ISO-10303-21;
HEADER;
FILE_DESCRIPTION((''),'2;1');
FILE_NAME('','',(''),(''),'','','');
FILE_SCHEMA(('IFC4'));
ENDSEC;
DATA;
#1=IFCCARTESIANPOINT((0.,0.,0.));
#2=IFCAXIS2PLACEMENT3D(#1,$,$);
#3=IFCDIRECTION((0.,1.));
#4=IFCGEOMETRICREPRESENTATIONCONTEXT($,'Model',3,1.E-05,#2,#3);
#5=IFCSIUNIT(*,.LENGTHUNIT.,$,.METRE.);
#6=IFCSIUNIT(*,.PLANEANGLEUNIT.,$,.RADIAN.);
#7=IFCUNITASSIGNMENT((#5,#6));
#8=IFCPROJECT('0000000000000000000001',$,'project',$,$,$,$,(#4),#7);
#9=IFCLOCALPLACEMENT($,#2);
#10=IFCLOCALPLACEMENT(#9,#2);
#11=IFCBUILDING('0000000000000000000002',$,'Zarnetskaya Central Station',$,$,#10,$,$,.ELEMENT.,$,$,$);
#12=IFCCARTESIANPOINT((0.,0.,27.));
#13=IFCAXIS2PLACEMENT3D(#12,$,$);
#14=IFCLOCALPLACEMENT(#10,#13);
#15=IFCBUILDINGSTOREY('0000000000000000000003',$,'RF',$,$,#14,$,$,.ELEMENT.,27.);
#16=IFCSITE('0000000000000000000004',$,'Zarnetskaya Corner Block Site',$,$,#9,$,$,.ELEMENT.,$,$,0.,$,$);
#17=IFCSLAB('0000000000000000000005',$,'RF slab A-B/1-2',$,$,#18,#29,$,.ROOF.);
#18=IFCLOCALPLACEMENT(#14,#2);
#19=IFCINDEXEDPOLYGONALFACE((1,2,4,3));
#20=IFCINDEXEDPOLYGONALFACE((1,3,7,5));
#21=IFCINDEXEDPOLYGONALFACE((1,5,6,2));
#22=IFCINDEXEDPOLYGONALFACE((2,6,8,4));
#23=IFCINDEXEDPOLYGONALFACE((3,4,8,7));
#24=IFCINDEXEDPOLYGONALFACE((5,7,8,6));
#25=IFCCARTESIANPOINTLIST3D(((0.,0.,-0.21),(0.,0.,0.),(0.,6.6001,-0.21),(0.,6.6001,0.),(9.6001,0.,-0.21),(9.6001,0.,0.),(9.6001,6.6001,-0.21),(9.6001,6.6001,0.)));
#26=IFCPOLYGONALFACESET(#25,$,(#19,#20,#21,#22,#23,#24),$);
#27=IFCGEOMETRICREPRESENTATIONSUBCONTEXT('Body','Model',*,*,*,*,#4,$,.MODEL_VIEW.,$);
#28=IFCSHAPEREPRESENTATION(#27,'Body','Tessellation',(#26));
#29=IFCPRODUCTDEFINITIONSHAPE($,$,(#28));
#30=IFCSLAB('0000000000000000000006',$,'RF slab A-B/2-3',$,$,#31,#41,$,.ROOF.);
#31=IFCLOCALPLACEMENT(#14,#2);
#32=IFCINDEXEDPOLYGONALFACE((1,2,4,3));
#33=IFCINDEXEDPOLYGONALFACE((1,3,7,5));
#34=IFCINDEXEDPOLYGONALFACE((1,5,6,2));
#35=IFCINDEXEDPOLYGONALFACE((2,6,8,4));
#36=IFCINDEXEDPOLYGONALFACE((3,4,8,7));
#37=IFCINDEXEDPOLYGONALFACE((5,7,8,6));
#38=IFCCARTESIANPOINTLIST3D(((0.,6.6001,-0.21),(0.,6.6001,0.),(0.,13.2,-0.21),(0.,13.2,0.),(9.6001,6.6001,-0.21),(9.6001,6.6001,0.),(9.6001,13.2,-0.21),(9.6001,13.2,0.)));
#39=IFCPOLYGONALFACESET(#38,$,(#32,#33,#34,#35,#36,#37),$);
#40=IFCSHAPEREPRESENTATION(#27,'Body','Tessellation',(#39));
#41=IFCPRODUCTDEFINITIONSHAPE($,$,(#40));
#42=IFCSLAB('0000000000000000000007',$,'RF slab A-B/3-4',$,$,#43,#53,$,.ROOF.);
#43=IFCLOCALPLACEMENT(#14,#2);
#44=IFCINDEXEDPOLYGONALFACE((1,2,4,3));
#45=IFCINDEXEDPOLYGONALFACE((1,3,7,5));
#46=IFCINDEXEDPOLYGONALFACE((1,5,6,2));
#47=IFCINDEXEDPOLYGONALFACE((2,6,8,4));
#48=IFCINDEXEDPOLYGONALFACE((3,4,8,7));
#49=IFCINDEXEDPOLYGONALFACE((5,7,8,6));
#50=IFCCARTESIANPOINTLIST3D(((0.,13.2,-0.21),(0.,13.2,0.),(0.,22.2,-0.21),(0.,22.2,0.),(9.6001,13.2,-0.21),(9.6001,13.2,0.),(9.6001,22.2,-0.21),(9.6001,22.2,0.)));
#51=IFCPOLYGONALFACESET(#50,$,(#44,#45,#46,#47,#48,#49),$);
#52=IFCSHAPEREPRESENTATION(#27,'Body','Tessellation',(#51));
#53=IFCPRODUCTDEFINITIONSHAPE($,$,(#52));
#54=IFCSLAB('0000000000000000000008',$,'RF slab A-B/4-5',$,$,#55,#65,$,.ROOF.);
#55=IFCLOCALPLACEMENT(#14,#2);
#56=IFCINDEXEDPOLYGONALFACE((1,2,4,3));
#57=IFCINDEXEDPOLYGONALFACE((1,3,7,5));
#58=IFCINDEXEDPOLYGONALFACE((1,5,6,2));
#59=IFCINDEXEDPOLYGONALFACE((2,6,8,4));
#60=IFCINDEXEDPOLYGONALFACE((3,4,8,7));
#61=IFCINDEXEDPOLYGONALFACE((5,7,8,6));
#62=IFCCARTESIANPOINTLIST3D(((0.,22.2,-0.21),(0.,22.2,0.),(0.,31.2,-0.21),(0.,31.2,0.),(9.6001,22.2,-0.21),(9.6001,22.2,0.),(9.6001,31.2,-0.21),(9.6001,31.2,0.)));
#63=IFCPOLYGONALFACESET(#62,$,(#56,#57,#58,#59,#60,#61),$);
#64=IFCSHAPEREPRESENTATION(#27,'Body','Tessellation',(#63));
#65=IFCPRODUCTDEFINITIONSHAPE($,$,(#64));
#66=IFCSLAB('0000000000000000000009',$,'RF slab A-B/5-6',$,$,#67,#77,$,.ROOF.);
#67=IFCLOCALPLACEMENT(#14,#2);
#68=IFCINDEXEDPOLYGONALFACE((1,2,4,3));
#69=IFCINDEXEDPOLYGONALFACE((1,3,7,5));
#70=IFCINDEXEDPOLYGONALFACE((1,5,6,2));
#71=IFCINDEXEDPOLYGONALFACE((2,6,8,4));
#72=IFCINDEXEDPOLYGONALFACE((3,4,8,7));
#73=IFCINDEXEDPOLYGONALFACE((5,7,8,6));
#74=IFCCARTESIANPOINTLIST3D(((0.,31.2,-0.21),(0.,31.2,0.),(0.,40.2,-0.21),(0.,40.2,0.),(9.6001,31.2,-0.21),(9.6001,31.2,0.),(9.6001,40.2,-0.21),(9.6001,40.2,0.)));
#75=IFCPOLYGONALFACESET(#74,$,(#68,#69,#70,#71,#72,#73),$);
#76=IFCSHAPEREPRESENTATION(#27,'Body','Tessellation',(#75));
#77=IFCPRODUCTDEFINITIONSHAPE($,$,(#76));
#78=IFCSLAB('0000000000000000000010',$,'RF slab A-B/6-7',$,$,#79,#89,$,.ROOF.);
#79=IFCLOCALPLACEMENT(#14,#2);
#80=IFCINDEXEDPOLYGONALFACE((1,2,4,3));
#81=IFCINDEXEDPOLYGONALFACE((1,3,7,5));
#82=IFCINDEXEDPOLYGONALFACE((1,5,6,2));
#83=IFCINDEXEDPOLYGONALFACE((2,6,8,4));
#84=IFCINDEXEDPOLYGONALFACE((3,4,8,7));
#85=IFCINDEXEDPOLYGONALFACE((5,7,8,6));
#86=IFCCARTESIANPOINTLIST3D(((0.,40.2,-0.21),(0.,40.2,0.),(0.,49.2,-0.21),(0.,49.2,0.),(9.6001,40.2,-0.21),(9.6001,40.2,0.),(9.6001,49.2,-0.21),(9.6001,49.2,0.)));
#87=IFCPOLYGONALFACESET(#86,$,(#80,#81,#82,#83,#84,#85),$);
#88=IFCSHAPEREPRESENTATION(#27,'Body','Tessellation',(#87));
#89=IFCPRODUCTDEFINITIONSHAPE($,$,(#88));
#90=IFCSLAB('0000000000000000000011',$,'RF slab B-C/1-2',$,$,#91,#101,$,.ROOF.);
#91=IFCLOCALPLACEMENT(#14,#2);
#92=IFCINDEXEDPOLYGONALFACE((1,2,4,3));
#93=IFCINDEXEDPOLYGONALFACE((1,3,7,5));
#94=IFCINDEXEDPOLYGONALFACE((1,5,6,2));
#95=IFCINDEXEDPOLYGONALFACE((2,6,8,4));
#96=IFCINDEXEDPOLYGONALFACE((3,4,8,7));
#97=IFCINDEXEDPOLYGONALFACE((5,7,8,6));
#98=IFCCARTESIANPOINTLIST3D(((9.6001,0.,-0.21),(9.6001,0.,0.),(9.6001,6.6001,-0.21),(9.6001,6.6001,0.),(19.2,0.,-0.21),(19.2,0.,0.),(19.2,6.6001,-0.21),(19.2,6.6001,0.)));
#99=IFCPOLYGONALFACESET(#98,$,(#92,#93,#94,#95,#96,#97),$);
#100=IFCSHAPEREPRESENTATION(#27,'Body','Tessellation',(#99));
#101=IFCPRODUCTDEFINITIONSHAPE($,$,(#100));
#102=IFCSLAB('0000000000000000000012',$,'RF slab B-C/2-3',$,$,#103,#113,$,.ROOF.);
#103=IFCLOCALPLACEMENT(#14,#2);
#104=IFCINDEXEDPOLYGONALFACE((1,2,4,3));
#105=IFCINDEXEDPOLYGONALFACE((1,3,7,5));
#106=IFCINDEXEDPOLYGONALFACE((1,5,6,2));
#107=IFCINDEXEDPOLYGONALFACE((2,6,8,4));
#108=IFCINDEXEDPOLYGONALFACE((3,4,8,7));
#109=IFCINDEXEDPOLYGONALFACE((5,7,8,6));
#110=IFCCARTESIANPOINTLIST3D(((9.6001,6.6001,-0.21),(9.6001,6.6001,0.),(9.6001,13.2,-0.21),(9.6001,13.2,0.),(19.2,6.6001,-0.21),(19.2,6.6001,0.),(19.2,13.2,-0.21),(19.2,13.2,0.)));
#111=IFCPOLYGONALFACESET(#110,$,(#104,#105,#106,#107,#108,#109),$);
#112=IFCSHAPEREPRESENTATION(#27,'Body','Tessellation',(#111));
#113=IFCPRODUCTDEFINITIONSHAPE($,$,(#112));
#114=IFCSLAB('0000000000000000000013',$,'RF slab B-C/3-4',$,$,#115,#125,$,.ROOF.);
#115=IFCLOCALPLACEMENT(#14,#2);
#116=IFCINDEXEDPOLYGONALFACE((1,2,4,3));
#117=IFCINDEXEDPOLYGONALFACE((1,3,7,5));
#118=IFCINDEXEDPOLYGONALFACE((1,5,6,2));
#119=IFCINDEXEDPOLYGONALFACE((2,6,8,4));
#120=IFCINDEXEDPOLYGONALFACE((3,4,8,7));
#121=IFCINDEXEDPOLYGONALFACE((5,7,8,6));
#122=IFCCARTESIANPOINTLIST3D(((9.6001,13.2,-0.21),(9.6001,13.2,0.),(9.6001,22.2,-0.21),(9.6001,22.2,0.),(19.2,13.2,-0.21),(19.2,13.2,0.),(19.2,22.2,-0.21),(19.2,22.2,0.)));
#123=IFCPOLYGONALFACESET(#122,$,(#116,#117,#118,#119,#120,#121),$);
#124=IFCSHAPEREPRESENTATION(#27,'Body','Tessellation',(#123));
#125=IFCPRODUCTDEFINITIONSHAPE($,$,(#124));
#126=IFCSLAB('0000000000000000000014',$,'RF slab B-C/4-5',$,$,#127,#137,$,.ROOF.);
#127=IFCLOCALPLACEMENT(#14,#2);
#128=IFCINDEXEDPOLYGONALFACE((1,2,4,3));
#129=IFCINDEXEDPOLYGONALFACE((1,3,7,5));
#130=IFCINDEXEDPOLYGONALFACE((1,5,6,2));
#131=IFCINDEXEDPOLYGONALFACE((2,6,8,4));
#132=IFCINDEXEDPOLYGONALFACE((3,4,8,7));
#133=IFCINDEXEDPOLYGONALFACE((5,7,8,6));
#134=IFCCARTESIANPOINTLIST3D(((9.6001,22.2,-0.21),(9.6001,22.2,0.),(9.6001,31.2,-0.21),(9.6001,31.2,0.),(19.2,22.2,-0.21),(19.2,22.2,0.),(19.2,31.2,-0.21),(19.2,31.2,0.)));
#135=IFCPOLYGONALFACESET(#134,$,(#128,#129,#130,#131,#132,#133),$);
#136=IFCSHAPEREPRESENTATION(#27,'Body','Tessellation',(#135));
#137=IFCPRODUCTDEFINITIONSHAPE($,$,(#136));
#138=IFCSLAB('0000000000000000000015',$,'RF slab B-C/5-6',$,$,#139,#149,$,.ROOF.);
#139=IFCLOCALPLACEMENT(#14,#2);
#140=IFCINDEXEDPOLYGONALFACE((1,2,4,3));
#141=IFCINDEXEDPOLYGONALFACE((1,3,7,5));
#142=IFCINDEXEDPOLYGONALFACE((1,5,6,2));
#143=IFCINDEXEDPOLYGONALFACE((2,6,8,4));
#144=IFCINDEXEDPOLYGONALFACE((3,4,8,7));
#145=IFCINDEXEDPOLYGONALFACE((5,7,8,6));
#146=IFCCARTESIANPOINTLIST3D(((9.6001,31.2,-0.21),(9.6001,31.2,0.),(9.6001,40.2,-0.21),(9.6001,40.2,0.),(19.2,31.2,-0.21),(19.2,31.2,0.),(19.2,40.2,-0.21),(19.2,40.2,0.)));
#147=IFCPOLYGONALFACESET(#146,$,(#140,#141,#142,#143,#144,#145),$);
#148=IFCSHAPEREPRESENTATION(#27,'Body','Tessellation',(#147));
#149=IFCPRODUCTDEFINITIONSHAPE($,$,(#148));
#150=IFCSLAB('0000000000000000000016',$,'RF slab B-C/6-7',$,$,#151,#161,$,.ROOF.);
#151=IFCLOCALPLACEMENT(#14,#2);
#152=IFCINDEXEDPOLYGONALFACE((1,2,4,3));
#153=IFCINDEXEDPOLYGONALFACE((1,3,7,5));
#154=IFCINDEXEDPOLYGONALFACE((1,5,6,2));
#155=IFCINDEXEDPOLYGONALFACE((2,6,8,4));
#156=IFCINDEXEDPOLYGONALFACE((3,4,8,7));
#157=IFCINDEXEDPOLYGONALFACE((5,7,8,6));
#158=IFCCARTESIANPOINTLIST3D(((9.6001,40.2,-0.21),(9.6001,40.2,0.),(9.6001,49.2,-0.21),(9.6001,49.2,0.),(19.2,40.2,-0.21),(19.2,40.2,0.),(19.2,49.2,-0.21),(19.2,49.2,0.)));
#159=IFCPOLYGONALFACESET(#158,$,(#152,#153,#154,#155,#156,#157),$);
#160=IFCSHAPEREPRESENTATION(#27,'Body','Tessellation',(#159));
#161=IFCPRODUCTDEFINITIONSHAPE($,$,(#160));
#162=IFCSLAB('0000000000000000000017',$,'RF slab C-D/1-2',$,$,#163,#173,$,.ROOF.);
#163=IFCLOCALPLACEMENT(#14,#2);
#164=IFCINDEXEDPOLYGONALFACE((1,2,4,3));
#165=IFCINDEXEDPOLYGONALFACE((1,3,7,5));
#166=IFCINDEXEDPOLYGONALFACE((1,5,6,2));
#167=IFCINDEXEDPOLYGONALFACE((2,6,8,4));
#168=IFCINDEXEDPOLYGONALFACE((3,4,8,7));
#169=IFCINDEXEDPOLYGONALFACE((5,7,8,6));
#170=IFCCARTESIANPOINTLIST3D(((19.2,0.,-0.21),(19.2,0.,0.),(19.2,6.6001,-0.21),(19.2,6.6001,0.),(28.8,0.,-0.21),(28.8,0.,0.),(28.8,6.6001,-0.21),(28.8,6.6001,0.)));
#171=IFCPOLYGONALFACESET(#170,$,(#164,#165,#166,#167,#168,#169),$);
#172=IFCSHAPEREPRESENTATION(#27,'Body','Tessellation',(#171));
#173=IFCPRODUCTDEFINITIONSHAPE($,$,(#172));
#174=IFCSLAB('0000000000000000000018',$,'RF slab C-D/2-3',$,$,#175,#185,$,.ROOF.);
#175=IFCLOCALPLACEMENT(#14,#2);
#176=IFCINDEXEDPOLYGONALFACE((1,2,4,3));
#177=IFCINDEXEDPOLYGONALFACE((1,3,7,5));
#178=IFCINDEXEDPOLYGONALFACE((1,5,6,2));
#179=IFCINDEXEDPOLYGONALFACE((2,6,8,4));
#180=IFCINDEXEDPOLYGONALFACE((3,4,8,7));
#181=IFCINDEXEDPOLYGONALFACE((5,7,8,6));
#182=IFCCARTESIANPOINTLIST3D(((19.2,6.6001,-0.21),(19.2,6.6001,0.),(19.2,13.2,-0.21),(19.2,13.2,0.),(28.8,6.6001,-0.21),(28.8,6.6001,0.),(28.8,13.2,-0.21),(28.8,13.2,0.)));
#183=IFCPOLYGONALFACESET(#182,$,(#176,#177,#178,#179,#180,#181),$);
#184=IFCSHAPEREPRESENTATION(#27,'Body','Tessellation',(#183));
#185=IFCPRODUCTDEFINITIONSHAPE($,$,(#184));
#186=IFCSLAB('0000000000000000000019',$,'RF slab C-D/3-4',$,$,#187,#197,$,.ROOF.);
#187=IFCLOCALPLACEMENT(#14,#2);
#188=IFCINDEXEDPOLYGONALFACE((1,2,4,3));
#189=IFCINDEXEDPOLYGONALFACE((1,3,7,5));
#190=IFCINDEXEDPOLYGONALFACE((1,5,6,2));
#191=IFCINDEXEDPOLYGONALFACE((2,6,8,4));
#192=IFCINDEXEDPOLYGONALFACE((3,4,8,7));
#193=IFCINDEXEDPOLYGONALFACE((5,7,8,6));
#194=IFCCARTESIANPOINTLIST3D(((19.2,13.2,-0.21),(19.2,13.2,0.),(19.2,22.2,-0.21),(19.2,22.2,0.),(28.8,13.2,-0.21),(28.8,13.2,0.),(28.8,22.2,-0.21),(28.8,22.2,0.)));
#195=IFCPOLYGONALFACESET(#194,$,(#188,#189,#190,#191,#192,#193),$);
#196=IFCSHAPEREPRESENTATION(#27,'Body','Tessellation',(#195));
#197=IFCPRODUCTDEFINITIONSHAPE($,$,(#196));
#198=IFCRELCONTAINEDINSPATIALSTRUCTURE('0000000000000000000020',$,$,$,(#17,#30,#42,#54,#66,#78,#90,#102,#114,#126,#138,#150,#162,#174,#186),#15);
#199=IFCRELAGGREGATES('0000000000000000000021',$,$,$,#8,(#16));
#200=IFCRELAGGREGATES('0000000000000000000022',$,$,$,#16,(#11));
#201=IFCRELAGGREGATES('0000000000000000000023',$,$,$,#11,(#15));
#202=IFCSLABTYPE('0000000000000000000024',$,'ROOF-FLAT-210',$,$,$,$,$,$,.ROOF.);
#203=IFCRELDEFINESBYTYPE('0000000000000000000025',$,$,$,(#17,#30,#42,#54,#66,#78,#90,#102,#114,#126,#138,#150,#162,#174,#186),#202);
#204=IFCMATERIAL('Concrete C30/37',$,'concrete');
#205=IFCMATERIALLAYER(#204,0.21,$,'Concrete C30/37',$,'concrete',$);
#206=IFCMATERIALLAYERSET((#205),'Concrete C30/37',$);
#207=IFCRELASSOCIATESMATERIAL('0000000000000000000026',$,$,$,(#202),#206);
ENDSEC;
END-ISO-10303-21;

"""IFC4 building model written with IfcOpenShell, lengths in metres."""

from ifc_helpers import new_model, si_unit, direction, frame, origin, place, context, subcontext, project, spatial, polyline, outline, extrude, material, layer, layer_set, type_object, element, save


model = new_model("IFC4")

# Units and contexts
model_context = context("Model", 3, precision=1e-05, world=origin(), true_north=direction((0.0, 1.0)))
body_context = subcontext(model_context, "Body", "Model", "MODEL_VIEW")
ifc_project = project(units=[si_unit("LENGTHUNIT", "METRE"), si_unit("PLANEANGLEUNIT", "RADIAN")], contexts=[model_context])

# Site, building, storey
site_placement = place(None, origin())
site = spatial("IfcSite", under=ifc_project, at=site_placement, Name="Zarnetskaya Corner Block Site", CompositionType="ELEMENT", RefElevation=0.0)
building_placement = place(site_placement, origin())
building = spatial("IfcBuilding", under=site, at=building_placement, Name="Zarnetskaya Central Station", CompositionType="ELEMENT")
storey_placement = place(building_placement, frame((0.0, 0.0, 27.0)))
storey = spatial("IfcBuildingStorey", under=building, at=storey_placement, Name="RF", CompositionType="ELEMENT", Elevation=27.0)

# Slabs
ifc_material_1 = material(Name="Concrete C30/37", Category="concrete")
ifc_layer_1 = layer(ifc_material_1, 0.21, Name="Concrete C30/37", Category="concrete")
ifc_layer_set_1 = layer_set([ifc_layer_1], Name="Concrete C30/37")
slab_type = type_object("IfcSlabType", Name="ROOF-FLAT-210", PredefinedType="ROOF", material=ifc_layer_set_1)
slab_1_placement = place(storey_placement, frame((0.0, 0.0, -0.21)))
element("IfcSlab", 1, at=slab_1_placement, inside=storey, type_object=slab_type, Name="RF slab A-B/1-2", PredefinedType="ROOF", context=body_context, shape_type="SweptSolid", body=[
    extrude(outline(polyline([(0.0, 0.0), (9.6001, 0.0), (9.6001, 6.6001), (0.0, 6.6001), (0.0, 0.0)])), origin(), (0.0, 0.0, 1.0), 0.21),
])
slab_2_placement = place(storey_placement, frame((0.0, 0.0, -0.21)))
element("IfcSlab", 2, at=slab_2_placement, inside=storey, type_object=slab_type, Name="RF slab A-B/2-3", PredefinedType="ROOF", context=body_context, shape_type="SweptSolid", body=[
    extrude(outline(polyline([(0.0, 6.6001), (9.6001, 6.6001), (9.6001, 13.2), (0.0, 13.2), (0.0, 6.6001)])), origin(), (0.0, 0.0, 1.0), 0.21),
])
slab_3_placement = place(storey_placement, frame((0.0, 0.0, -0.21)))
element("IfcSlab", 3, at=slab_3_placement, inside=storey, type_object=slab_type, Name="RF slab A-B/3-4", PredefinedType="ROOF", context=body_context, shape_type="SweptSolid", body=[
    extrude(outline(polyline([(0.0, 13.2), (9.6001, 13.2), (9.6001, 22.2), (0.0, 22.2), (0.0, 13.2)])), origin(), (0.0, 0.0, 1.0), 0.21),
])
slab_4_placement = place(storey_placement, frame((0.0, 0.0, -0.21)))
element("IfcSlab", 4, at=slab_4_placement, inside=storey, type_object=slab_type, Name="RF slab A-B/4-5", PredefinedType="ROOF", context=body_context, shape_type="SweptSolid", body=[
    extrude(outline(polyline([(0.0, 22.2), (9.6001, 22.2), (9.6001, 31.2), (0.0, 31.2), (0.0, 22.2)])), origin(), (0.0, 0.0, 1.0), 0.21),
])
slab_5_placement = place(storey_placement, frame((0.0, 0.0, -0.21)))
element("IfcSlab", 5, at=slab_5_placement, inside=storey, type_object=slab_type, Name="RF slab A-B/5-6", PredefinedType="ROOF", context=body_context, shape_type="SweptSolid", body=[
    extrude(outline(polyline([(0.0, 31.2), (9.6001, 31.2), (9.6001, 40.2), (0.0, 40.2), (0.0, 31.2)])), origin(), (0.0, 0.0, 1.0), 0.21),
])
slab_6_placement = place(storey_placement, frame((0.0, 0.0, -0.21)))
element("IfcSlab", 6, at=slab_6_placement, inside=storey, type_object=slab_type, Name="RF slab A-B/6-7", PredefinedType="ROOF", context=body_context, shape_type="SweptSolid", body=[
    extrude(outline(polyline([(0.0, 40.2), (9.6001, 40.2), (9.6001, 49.2), (0.0, 49.2), (0.0, 40.2)])), origin(), (0.0, 0.0, 1.0), 0.21),
])
slab_7_placement = place(storey_placement, frame((0.0, 0.0, -0.21)))
element("IfcSlab", 7, at=slab_7_placement, inside=storey, type_object=slab_type, Name="RF slab B-C/1-2", PredefinedType="ROOF", context=body_context, shape_type="SweptSolid", body=[
    extrude(outline(polyline([(9.6001, 0.0), (19.2, 0.0), (19.2, 6.6001), (9.6001, 6.6001), (9.6001, 0.0)])), origin(), (0.0, 0.0, 1.0), 0.21),
])
slab_8_placement = place(storey_placement, frame((0.0, 0.0, -0.21)))
element("IfcSlab", 8, at=slab_8_placement, inside=storey, type_object=slab_type, Name="RF slab B-C/2-3", PredefinedType="ROOF", context=body_context, shape_type="SweptSolid", body=[
    extrude(outline(polyline([(9.6001, 6.6001), (19.2, 6.6001), (19.2, 13.2), (9.6001, 13.2), (9.6001, 6.6001)])), origin(), (0.0, 0.0, 1.0), 0.21),
])
slab_9_placement = place(storey_placement, frame((0.0, 0.0, -0.21)))
element("IfcSlab", 9, at=slab_9_placement, inside=storey, type_object=slab_type, Name="RF slab B-C/3-4", PredefinedType="ROOF", context=body_context, shape_type="SweptSolid", body=[
    extrude(outline(polyline([(9.6001, 13.2), (19.2, 13.2), (19.2, 22.2), (9.6001, 22.2), (9.6001, 13.2)])), origin(), (0.0, 0.0, 1.0), 0.21),
])
slab_10_placement = place(storey_placement, frame((0.0, 0.0, -0.21)))
element("IfcSlab", 10, at=slab_10_placement, inside=storey, type_object=slab_type, Name="RF slab B-C/4-5", PredefinedType="ROOF", context=body_context, shape_type="SweptSolid", body=[
    extrude(outline(polyline([(9.6001, 22.2), (19.2, 22.2), (19.2, 31.2), (9.6001, 31.2), (9.6001, 22.2)])), origin(), (0.0, 0.0, 1.0), 0.21),
])
slab_11_placement = place(storey_placement, frame((0.0, 0.0, -0.21)))
element("IfcSlab", 11, at=slab_11_placement, inside=storey, type_object=slab_type, Name="RF slab B-C/5-6", PredefinedType="ROOF", context=body_context, shape_type="SweptSolid", body=[
    extrude(outline(polyline([(9.6001, 31.2), (19.2, 31.2), (19.2, 40.2), (9.6001, 40.2), (9.6001, 31.2)])), origin(), (0.0, 0.0, 1.0), 0.21),
])
slab_12_placement = place(storey_placement, frame((0.0, 0.0, -0.21)))
element("IfcSlab", 12, at=slab_12_placement, inside=storey, type_object=slab_type, Name="RF slab B-C/6-7", PredefinedType="ROOF", context=body_context, shape_type="SweptSolid", body=[
    extrude(outline(polyline([(9.6001, 40.2), (19.2, 40.2), (19.2, 49.2), (9.6001, 49.2), (9.6001, 40.2)])), origin(), (0.0, 0.0, 1.0), 0.21),
])
slab_13_placement = place(storey_placement, frame((0.0, 0.0, -0.21)))
element("IfcSlab", 13, at=slab_13_placement, inside=storey, type_object=slab_type, Name="RF slab C-D/1-2", PredefinedType="ROOF", context=body_context, shape_type="SweptSolid", body=[
    extrude(outline(polyline([(19.2, 0.0), (28.8, 0.0), (28.8, 6.6001), (19.2, 6.6001), (19.2, 0.0)])), origin(), (0.0, 0.0, 1.0), 0.21),
])
slab_14_placement = place(storey_placement, frame((0.0, 0.0, -0.21)))
element("IfcSlab", 14, at=slab_14_placement, inside=storey, type_object=slab_type, Name="RF slab C-D/2-3", PredefinedType="ROOF", context=body_context, shape_type="SweptSolid", body=[
    extrude(outline(polyline([(19.2, 6.6001), (28.8, 6.6001), (28.8, 13.2), (19.2, 13.2), (19.2, 6.6001)])), origin(), (0.0, 0.0, 1.0), 0.21),
])
slab_15_placement = place(storey_placement, frame((0.0, 0.0, -0.21)))
element("IfcSlab", 15, at=slab_15_placement, inside=storey, type_object=slab_type, Name="RF slab C-D/3-4", PredefinedType="ROOF", context=body_context, shape_type="SweptSolid", body=[
    extrude(outline(polyline([(19.2, 13.2), (28.8, 13.2), (28.8, 22.2), (19.2, 22.2), (19.2, 13.2)])), origin(), (0.0, 0.0, 1.0), 0.21),
])

save(model, "model.ifc")
